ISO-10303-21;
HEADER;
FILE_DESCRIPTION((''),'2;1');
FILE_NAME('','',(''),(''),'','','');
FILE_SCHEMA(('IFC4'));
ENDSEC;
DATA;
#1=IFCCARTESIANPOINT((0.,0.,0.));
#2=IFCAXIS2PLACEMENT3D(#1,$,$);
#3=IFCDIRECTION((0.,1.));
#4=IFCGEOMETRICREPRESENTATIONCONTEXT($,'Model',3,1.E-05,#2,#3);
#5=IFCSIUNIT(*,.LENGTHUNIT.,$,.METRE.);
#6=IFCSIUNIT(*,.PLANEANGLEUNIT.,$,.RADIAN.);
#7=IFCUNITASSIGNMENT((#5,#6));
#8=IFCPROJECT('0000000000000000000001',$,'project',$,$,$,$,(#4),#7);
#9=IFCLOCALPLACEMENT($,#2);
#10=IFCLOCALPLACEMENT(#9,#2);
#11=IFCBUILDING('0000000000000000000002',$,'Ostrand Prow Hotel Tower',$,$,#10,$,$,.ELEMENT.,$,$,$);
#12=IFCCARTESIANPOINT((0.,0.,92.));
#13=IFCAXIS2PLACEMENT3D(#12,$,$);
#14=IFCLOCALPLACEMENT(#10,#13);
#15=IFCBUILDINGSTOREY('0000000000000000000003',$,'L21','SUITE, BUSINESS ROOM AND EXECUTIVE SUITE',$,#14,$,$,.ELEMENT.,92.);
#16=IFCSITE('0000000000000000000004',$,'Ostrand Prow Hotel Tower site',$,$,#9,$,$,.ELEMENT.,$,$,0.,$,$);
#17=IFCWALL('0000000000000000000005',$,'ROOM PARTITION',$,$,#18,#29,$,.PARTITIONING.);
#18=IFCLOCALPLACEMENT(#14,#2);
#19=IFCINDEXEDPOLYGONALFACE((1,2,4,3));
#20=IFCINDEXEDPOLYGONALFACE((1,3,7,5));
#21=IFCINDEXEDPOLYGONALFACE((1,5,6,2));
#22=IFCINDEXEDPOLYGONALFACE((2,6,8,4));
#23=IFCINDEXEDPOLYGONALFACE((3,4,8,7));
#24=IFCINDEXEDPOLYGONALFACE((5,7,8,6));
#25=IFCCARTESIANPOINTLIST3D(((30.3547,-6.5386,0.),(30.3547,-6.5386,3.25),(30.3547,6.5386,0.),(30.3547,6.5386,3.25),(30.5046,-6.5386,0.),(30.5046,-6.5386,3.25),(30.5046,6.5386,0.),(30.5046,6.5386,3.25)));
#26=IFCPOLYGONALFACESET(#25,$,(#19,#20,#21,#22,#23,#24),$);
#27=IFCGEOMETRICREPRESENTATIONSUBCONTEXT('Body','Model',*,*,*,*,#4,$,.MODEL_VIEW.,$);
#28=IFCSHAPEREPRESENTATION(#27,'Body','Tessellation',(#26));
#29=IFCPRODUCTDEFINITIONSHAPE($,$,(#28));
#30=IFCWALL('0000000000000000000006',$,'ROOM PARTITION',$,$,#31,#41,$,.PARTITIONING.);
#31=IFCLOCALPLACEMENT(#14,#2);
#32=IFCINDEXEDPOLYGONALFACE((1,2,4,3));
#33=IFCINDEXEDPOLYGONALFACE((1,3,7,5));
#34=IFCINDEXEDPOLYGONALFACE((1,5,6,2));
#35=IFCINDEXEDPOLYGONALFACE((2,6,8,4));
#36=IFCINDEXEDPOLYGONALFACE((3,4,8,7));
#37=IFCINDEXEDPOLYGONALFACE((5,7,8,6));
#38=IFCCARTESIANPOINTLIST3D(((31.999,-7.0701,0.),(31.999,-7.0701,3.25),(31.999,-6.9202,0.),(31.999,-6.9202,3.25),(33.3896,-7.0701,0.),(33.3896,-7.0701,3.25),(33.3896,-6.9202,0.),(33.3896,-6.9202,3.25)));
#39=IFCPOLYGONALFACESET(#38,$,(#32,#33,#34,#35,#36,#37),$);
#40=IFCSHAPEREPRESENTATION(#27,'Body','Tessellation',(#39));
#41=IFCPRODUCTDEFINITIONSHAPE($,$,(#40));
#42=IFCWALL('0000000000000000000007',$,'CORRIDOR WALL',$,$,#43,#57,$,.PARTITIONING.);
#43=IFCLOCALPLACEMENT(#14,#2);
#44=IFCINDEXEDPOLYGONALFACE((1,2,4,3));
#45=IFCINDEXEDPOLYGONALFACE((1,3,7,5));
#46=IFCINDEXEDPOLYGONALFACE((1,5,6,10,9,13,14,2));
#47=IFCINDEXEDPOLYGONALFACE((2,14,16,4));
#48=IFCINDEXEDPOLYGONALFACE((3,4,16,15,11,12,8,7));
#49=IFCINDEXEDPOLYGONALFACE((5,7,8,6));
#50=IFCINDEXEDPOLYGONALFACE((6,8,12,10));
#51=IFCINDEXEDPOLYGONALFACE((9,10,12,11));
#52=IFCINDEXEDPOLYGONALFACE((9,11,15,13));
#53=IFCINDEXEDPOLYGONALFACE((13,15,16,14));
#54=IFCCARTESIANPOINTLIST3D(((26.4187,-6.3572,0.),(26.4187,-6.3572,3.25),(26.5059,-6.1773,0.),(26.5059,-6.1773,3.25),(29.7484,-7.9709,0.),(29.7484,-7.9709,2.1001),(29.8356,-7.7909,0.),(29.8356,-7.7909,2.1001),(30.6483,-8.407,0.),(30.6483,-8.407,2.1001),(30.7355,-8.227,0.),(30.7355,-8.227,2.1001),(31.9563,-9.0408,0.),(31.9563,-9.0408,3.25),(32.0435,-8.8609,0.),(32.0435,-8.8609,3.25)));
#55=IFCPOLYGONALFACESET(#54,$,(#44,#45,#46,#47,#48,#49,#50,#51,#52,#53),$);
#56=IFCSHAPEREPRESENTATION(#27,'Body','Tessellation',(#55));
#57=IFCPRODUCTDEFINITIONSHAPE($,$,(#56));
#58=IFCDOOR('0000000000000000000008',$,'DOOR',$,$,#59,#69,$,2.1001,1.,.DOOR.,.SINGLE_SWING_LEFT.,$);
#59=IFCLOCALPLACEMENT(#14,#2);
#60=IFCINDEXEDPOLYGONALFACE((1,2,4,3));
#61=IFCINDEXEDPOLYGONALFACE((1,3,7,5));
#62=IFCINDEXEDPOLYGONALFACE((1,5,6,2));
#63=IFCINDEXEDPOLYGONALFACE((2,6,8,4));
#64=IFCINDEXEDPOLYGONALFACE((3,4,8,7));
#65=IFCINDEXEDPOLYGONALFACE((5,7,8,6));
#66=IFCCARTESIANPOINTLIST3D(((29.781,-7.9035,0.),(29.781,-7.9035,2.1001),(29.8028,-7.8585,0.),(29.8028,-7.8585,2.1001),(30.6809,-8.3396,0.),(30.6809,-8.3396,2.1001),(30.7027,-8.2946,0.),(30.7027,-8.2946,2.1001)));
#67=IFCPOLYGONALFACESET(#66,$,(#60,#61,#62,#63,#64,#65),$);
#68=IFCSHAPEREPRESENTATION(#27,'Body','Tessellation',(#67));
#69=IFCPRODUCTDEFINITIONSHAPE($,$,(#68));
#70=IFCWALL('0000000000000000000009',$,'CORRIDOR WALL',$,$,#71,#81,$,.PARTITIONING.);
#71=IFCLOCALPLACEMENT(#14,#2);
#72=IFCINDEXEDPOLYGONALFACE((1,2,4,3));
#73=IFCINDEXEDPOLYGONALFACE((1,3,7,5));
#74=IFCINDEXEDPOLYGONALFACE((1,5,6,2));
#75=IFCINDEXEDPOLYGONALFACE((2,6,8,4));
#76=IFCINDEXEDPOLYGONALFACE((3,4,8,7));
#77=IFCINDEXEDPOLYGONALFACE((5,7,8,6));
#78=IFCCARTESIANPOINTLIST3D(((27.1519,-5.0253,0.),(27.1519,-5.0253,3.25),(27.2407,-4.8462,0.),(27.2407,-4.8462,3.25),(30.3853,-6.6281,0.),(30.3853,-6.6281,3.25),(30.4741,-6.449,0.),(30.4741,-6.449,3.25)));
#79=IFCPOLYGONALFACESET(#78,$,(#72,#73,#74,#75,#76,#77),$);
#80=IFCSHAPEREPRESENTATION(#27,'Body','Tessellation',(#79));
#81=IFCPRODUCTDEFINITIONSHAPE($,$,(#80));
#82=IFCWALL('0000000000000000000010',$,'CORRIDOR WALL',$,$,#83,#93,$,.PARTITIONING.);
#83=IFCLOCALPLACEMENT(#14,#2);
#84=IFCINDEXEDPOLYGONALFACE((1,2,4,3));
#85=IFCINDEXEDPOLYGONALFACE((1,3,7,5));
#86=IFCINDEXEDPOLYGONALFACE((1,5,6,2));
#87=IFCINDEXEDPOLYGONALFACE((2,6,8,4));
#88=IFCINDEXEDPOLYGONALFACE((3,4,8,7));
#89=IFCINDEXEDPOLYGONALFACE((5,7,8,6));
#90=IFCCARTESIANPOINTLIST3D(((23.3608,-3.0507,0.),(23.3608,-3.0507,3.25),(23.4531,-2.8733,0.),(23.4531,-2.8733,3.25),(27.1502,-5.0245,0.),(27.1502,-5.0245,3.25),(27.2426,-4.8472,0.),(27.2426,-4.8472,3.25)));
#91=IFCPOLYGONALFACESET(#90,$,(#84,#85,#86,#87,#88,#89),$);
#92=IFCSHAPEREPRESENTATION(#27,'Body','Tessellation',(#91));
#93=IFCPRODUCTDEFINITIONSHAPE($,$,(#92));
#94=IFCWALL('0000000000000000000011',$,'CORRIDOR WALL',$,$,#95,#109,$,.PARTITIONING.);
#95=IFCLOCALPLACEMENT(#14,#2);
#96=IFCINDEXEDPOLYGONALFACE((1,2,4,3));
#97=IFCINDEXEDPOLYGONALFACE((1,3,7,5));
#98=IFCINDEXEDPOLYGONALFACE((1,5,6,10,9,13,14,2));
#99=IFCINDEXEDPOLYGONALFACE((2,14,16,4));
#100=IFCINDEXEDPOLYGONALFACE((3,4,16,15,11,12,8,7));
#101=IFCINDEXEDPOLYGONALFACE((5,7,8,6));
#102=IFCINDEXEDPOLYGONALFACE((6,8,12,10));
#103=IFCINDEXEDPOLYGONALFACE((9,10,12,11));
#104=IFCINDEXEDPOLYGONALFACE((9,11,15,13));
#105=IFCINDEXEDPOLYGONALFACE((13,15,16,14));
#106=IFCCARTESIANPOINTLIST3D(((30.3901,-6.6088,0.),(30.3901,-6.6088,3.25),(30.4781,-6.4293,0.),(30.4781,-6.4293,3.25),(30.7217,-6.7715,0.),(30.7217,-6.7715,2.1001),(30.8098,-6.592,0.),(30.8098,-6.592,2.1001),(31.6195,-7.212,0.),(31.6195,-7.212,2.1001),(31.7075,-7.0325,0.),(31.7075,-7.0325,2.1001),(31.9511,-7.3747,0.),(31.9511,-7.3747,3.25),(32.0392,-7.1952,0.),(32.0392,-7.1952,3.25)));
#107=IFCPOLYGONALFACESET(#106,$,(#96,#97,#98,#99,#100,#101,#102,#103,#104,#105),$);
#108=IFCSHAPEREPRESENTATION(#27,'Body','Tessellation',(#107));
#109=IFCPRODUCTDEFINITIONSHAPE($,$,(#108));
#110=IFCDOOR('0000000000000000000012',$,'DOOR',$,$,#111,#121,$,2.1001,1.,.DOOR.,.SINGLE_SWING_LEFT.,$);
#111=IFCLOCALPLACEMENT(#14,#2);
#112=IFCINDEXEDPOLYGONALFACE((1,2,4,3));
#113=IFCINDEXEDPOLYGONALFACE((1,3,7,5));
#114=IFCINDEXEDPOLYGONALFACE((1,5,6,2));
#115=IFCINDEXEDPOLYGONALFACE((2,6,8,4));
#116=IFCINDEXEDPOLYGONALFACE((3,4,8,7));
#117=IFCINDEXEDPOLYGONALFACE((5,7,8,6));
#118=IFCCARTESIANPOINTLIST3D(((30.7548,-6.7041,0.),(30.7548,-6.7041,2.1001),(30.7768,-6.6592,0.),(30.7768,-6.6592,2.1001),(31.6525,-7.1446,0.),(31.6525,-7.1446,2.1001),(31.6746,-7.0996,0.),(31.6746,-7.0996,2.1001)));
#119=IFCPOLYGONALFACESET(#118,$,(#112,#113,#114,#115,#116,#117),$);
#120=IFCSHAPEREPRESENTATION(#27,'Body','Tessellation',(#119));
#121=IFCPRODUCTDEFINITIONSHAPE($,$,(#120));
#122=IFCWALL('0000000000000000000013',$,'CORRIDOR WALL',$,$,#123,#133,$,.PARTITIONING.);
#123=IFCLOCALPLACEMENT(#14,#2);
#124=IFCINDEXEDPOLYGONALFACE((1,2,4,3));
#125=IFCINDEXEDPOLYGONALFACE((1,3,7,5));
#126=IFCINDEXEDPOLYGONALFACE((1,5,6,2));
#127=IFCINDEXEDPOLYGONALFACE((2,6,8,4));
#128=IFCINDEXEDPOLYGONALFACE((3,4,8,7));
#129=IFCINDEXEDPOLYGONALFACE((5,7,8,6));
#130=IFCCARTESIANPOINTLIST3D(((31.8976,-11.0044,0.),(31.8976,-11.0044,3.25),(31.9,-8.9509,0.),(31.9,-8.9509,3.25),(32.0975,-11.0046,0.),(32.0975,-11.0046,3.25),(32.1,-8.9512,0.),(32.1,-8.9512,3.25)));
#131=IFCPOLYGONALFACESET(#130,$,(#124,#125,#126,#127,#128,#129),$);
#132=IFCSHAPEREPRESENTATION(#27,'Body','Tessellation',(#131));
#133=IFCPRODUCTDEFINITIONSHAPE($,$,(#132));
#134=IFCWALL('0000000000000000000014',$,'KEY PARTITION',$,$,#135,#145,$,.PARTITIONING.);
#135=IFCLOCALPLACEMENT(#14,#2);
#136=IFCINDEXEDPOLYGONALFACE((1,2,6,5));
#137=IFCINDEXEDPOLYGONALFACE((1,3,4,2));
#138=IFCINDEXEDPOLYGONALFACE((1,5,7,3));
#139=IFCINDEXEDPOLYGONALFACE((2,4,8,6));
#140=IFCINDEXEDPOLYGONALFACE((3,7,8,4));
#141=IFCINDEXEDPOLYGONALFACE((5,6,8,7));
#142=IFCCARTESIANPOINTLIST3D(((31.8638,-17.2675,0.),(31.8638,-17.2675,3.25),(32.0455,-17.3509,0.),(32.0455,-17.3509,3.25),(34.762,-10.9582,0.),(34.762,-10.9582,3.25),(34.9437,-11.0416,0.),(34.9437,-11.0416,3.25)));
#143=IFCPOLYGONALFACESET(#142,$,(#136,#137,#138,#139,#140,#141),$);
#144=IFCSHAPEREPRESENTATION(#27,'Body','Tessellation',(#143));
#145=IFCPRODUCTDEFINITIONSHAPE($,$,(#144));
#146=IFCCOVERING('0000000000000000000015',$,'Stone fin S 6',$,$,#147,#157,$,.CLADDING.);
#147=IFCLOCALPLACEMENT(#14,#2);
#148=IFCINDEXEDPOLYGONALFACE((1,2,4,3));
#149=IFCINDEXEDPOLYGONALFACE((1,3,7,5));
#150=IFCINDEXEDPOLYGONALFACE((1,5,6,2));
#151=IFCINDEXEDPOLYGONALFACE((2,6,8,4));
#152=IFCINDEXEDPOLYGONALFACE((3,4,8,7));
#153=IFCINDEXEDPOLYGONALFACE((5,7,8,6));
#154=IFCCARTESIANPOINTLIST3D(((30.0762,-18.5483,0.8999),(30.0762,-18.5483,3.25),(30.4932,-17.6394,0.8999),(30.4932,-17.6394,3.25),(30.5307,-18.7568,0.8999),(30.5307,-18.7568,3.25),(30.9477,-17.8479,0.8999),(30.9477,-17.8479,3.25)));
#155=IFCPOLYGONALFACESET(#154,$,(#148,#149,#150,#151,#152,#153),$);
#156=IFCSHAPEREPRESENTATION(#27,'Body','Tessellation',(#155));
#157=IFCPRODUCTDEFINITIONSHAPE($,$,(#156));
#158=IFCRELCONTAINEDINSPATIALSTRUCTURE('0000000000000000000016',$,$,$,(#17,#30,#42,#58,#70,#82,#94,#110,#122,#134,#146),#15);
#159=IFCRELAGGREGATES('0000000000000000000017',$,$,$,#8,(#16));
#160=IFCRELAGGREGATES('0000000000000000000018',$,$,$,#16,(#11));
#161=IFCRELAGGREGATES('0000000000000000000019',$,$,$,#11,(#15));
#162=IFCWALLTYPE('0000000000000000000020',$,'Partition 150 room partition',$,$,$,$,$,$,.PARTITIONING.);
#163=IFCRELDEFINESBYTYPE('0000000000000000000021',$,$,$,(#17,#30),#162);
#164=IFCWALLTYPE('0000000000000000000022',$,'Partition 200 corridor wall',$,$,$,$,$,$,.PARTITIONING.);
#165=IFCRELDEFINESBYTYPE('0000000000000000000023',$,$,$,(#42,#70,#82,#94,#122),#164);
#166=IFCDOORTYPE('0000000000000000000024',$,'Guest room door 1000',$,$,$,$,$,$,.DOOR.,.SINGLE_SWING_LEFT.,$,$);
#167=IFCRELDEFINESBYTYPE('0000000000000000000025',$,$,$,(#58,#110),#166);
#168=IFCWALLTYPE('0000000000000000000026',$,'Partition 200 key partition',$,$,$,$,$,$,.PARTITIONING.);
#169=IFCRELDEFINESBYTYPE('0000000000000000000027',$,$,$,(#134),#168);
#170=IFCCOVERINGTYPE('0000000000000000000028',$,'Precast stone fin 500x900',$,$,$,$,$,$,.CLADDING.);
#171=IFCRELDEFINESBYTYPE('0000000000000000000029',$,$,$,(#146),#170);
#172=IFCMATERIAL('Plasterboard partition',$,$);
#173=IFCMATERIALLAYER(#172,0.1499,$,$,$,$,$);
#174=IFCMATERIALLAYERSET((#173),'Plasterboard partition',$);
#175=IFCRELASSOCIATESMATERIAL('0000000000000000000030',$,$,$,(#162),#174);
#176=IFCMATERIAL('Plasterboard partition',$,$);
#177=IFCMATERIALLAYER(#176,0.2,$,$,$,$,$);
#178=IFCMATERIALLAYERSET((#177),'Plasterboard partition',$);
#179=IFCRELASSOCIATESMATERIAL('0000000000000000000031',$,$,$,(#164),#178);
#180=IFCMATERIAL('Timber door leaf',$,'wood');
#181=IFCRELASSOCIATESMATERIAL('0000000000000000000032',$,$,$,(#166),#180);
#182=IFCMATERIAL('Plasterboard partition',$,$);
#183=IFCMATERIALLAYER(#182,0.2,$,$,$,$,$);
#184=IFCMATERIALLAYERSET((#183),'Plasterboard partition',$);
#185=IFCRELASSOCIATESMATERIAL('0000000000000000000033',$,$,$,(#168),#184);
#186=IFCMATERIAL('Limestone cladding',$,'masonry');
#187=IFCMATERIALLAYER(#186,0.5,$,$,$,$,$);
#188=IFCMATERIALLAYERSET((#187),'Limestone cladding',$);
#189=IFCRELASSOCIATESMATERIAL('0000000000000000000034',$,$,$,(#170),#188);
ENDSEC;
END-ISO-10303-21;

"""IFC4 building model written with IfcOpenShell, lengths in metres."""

from ifc_helpers import new_model, si_unit, direction, frame, frame_2d, origin, place, context, subcontext, project, spatial, rectangle, extrude, material, layer, layer_set, type_object, element, fill, save


model = new_model("IFC4")

# Units and contexts
model_context = context("Model", 3, precision=1e-05, world=origin(), true_north=direction((0.0, 1.0)))
body_context = subcontext(model_context, "Body", "Model", "MODEL_VIEW")
ifc_project = project(units=[si_unit("LENGTHUNIT", "METRE"), si_unit("PLANEANGLEUNIT", "RADIAN")], contexts=[model_context])

# Site, building, storey
site_placement = place(None, origin())
site = spatial("IfcSite", under=ifc_project, at=site_placement, Name="Ostrand Prow Hotel Tower site", CompositionType="ELEMENT", RefElevation=0.0)
building_placement = place(site_placement, origin())
building = spatial("IfcBuilding", under=site, at=building_placement, Name="Ostrand Prow Hotel Tower", CompositionType="ELEMENT")
storey_placement = place(building_placement, frame((0.0, 0.0, 92.0)))
storey = spatial("IfcBuildingStorey", under=building, at=storey_placement, Name="L21", Description="SUITE, BUSINESS ROOM AND EXECUTIVE SUITE", CompositionType="ELEMENT", Elevation=92.0)

# Walls
ifc_material_1 = material(Name="Plasterboard partition")
ifc_layer_1 = layer(ifc_material_1, 0.1499)
ifc_layer_set_1 = layer_set([ifc_layer_1], Name="Plasterboard partition")
wall_type_1 = type_object("IfcWallType", Name="Partition 150 room partition", PredefinedType="PARTITIONING", material=ifc_layer_set_1)
wall_1_placement = place(storey_placement, frame((30.4297, -6.5386, 0.0), z_axis=(0.0, 0.0, 1.0), x_axis=(0.0, 1.0, 0.0)))
element("IfcWall", 1, at=wall_1_placement, inside=storey, type_object=wall_type_1, Name="ROOM PARTITION", PredefinedType="PARTITIONING", context=body_context, shape_type="SweptSolid", body=[
    extrude(rectangle(XDim=13.0771, YDim=0.1499, at=frame_2d((6.5386, 0.0))), origin(), (0.0, 0.0, 1.0), 3.25),
])
wall_2_placement = place(storey_placement, frame((33.3896, -6.9951, 0.0), z_axis=(0.0, 0.0, 1.0), x_axis=(-1.0, 0.0, 0.0)))
element("IfcWall", 2, at=wall_2_placement, inside=storey, type_object=wall_type_1, Name="ROOM PARTITION", PredefinedType="PARTITIONING", context=body_context, shape_type="SweptSolid", body=[
    extrude(rectangle(XDim=1.3906, YDim=0.1499, at=frame_2d((0.6953, 0.0))), origin(), (0.0, 0.0, 1.0), 3.25),
])

# Wall, opening, door
ifc_material_2 = material(Name="Plasterboard partition")
ifc_layer_2 = layer(ifc_material_2, 0.2)
ifc_layer_set_2 = layer_set([ifc_layer_2], Name="Plasterboard partition")
wall_type_2 = type_object("IfcWallType", Name="Partition 200 corridor wall", PredefinedType="PARTITIONING", material=ifc_layer_set_2)
wall_3_placement = place(storey_placement, frame((26.4624, -6.2673, 0.0), z_axis=(0.0, 0.0, 1.0), x_axis=(0.899897, -0.436102, 0.0)))
wall_3 = element("IfcWall", 3, at=wall_3_placement, inside=storey, type_object=wall_type_2, Name="CORRIDOR WALL", PredefinedType="PARTITIONING", context=body_context, shape_type="SweptSolid", body=[
    extrude(rectangle(XDim=6.1536, YDim=0.2, at=frame_2d((3.0767, 0.0))), origin(), (0.0, 0.0, 1.0), 3.25),
])
opening_1_placement = place(wall_3_placement, frame((3.7, 0.0, 0.0)))
opening_1 = element("IfcOpeningElement", 4, at=opening_1_placement, cuts=wall_3, PredefinedType="OPENING", context=body_context, shape_type="SweptSolid", body=[
    extrude(rectangle(XDim=1.0, YDim=2.1001, at=frame_2d((0.5, 1.05))), frame((0.0, 0.1099, 0.0), z_axis=(0.0, -1.0, 0.0), x_axis=(1.0, 0.0, 0.0)), (0.0, 0.0, 1.0), 0.22),
])
ifc_material_3 = material(Name="Timber door leaf", Category="wood")
door_type_1 = type_object("IfcDoorType", Name="Guest room door 1000", OperationType="SINGLE_SWING_LEFT", PredefinedType="DOOR", material=ifc_material_3)
door_1_placement = place(opening_1_placement, origin())
door_1 = element("IfcDoor", 5, at=door_1_placement, inside=storey, type_object=door_type_1, Name="DOOR", OperationType="SINGLE_SWING_LEFT", OverallHeight=2.1001, OverallWidth=1.0, PredefinedType="DOOR", context=body_context, shape_type="SweptSolid", body=[
    extrude(rectangle(XDim=1.0, YDim=2.1001, at=frame_2d((0.5, 1.05))), frame((0.0, 0.0249, 0.0), z_axis=(0.0, -1.0, 0.0), x_axis=(1.0, 0.0, 0.0)), (0.0, 0.0, 1.0), 0.05),
])
fill(opening_1, door_1)

# Walls
wall_4_placement = place(storey_placement, frame((30.4297, -6.5386, 0.0), z_axis=(0.0, 0.0, 1.0), x_axis=(-0.895964, 0.444126, 0.0)))
element("IfcWall", 6, at=wall_4_placement, inside=storey, type_object=wall_type_2, Name="CORRIDOR WALL", PredefinedType="PARTITIONING", context=body_context, shape_type="SweptSolid", body=[
    extrude(rectangle(XDim=3.6089, YDim=0.2, at=frame_2d((1.8044, 0.0))), origin(), (0.0, 0.0, 1.0), 3.25),
])
wall_5_placement = place(storey_placement, frame((27.1963, -4.9358, 0.0), z_axis=(0.0, 0.0, 1.0), x_axis=(-0.886899, 0.461963, 0.0)))
element("IfcWall", 7, at=wall_5_placement, inside=storey, type_object=wall_type_2, Name="CORRIDOR WALL", PredefinedType="PARTITIONING", context=body_context, shape_type="SweptSolid", body=[
    extrude(rectangle(XDim=4.2727, YDim=0.2, at=frame_2d((2.1362, 0.0))), origin(), (0.0, 0.0, 1.0), 3.25),
])

# Wall, opening, door
wall_6_placement = place(storey_placement, frame((31.9951, -7.2849, 0.0), z_axis=(0.0, 0.0, 1.0), x_axis=(-0.897772, 0.440461, 0.0)))
wall_6 = element("IfcWall", 8, at=wall_6_placement, inside=storey, type_object=wall_type_2, Name="CORRIDOR WALL", PredefinedType="PARTITIONING", context=body_context, shape_type="SweptSolid", body=[
    extrude(rectangle(XDim=1.7388, YDim=0.2, at=frame_2d((0.8694, 0.0))), origin(), (0.0, 0.0, 1.0), 3.25),
])
opening_2_placement = place(wall_6_placement, frame((0.3694, 0.0, 0.0)))
opening_2 = element("IfcOpeningElement", 9, at=opening_2_placement, cuts=wall_6, PredefinedType="OPENING", context=body_context, shape_type="SweptSolid", body=[
    extrude(rectangle(XDim=1.0, YDim=2.1001, at=frame_2d((0.5, 1.05))), frame((0.0, 0.1099, 0.0), z_axis=(0.0, -1.0, 0.0), x_axis=(1.0, 0.0, 0.0)), (0.0, 0.0, 1.0), 0.22),
])
door_2_placement = place(opening_2_placement, origin())
door_2 = element("IfcDoor", 10, at=door_2_placement, inside=storey, type_object=door_type_1, Name="DOOR", OperationType="SINGLE_SWING_LEFT", OverallHeight=2.1001, OverallWidth=1.0, PredefinedType="DOOR", context=body_context, shape_type="SweptSolid", body=[
    extrude(rectangle(XDim=1.0, YDim=2.1001, at=frame_2d((0.5, 1.05))), frame((0.0, 0.0249, 0.0), z_axis=(0.0, -1.0, 0.0), x_axis=(1.0, 0.0, 0.0)), (0.0, 0.0, 1.0), 0.05),
])
fill(opening_2, door_2)

# Walls
wall_7_placement = place(storey_placement, frame((32.0, -8.9509, 0.0), z_axis=(0.0, 0.0, 1.0), x_axis=(-0.001189, -0.999999, 0.0)))
element("IfcWall", 11, at=wall_7_placement, inside=storey, type_object=wall_type_2, Name="CORRIDOR WALL", PredefinedType="PARTITIONING", context=body_context, shape_type="SweptSolid", body=[
    extrude(rectangle(XDim=2.0535, YDim=0.2, at=frame_2d((1.0269, 0.0))), origin(), (0.0, 0.0, 1.0), 3.25),
])
ifc_material_4 = material(Name="Plasterboard partition")
ifc_layer_3 = layer(ifc_material_4, 0.2)
ifc_layer_set_3 = layer_set([ifc_layer_3], Name="Plasterboard partition")
wall_type_3 = type_object("IfcWallType", Name="Partition 200 key partition", PredefinedType="PARTITIONING", material=ifc_layer_set_3)
wall_8_placement = place(storey_placement, frame((31.9546, -17.3093, 0.0), z_axis=(0.0, 0.0, 1.0), x_axis=(0.417419, 0.908714, 0.0)))
element("IfcWall", 12, at=wall_8_placement, inside=storey, type_object=wall_type_3, Name="KEY PARTITION", PredefinedType="PARTITIONING", context=body_context, shape_type="SweptSolid", body=[
    extrude(rectangle(XDim=6.9431, YDim=0.2, at=frame_2d((3.4717, 0.0))), origin(), (0.0, 0.0, 1.0), 3.25),
])

# Covering
ifc_material_5 = material(Name="Limestone cladding", Category="masonry")
ifc_layer_4 = layer(ifc_material_5, 0.5)
ifc_layer_set_4 = layer_set([ifc_layer_4], Name="Limestone cladding")
covering_type = type_object("IfcCoveringType", Name="Precast stone fin 500x900", PredefinedType="CLADDING", material=ifc_layer_set_4)
covering_placement = place(storey_placement, frame((30.7205, -17.7437, 0.8999), z_axis=(0.0, 0.0, 1.0), x_axis=(-0.416983, -0.908914, 0.0)))
element("IfcCovering", 13, at=covering_placement, inside=storey, type_object=covering_type, Name="Stone fin S 6", PredefinedType="CLADDING", context=body_context, shape_type="SweptSolid", body=[
    extrude(rectangle(XDim=1.0, YDim=0.5, at=frame_2d((0.5, 0.0))), origin(), (0.0, 0.0, 1.0), 2.3501),
])

save(model, "model.ifc")
